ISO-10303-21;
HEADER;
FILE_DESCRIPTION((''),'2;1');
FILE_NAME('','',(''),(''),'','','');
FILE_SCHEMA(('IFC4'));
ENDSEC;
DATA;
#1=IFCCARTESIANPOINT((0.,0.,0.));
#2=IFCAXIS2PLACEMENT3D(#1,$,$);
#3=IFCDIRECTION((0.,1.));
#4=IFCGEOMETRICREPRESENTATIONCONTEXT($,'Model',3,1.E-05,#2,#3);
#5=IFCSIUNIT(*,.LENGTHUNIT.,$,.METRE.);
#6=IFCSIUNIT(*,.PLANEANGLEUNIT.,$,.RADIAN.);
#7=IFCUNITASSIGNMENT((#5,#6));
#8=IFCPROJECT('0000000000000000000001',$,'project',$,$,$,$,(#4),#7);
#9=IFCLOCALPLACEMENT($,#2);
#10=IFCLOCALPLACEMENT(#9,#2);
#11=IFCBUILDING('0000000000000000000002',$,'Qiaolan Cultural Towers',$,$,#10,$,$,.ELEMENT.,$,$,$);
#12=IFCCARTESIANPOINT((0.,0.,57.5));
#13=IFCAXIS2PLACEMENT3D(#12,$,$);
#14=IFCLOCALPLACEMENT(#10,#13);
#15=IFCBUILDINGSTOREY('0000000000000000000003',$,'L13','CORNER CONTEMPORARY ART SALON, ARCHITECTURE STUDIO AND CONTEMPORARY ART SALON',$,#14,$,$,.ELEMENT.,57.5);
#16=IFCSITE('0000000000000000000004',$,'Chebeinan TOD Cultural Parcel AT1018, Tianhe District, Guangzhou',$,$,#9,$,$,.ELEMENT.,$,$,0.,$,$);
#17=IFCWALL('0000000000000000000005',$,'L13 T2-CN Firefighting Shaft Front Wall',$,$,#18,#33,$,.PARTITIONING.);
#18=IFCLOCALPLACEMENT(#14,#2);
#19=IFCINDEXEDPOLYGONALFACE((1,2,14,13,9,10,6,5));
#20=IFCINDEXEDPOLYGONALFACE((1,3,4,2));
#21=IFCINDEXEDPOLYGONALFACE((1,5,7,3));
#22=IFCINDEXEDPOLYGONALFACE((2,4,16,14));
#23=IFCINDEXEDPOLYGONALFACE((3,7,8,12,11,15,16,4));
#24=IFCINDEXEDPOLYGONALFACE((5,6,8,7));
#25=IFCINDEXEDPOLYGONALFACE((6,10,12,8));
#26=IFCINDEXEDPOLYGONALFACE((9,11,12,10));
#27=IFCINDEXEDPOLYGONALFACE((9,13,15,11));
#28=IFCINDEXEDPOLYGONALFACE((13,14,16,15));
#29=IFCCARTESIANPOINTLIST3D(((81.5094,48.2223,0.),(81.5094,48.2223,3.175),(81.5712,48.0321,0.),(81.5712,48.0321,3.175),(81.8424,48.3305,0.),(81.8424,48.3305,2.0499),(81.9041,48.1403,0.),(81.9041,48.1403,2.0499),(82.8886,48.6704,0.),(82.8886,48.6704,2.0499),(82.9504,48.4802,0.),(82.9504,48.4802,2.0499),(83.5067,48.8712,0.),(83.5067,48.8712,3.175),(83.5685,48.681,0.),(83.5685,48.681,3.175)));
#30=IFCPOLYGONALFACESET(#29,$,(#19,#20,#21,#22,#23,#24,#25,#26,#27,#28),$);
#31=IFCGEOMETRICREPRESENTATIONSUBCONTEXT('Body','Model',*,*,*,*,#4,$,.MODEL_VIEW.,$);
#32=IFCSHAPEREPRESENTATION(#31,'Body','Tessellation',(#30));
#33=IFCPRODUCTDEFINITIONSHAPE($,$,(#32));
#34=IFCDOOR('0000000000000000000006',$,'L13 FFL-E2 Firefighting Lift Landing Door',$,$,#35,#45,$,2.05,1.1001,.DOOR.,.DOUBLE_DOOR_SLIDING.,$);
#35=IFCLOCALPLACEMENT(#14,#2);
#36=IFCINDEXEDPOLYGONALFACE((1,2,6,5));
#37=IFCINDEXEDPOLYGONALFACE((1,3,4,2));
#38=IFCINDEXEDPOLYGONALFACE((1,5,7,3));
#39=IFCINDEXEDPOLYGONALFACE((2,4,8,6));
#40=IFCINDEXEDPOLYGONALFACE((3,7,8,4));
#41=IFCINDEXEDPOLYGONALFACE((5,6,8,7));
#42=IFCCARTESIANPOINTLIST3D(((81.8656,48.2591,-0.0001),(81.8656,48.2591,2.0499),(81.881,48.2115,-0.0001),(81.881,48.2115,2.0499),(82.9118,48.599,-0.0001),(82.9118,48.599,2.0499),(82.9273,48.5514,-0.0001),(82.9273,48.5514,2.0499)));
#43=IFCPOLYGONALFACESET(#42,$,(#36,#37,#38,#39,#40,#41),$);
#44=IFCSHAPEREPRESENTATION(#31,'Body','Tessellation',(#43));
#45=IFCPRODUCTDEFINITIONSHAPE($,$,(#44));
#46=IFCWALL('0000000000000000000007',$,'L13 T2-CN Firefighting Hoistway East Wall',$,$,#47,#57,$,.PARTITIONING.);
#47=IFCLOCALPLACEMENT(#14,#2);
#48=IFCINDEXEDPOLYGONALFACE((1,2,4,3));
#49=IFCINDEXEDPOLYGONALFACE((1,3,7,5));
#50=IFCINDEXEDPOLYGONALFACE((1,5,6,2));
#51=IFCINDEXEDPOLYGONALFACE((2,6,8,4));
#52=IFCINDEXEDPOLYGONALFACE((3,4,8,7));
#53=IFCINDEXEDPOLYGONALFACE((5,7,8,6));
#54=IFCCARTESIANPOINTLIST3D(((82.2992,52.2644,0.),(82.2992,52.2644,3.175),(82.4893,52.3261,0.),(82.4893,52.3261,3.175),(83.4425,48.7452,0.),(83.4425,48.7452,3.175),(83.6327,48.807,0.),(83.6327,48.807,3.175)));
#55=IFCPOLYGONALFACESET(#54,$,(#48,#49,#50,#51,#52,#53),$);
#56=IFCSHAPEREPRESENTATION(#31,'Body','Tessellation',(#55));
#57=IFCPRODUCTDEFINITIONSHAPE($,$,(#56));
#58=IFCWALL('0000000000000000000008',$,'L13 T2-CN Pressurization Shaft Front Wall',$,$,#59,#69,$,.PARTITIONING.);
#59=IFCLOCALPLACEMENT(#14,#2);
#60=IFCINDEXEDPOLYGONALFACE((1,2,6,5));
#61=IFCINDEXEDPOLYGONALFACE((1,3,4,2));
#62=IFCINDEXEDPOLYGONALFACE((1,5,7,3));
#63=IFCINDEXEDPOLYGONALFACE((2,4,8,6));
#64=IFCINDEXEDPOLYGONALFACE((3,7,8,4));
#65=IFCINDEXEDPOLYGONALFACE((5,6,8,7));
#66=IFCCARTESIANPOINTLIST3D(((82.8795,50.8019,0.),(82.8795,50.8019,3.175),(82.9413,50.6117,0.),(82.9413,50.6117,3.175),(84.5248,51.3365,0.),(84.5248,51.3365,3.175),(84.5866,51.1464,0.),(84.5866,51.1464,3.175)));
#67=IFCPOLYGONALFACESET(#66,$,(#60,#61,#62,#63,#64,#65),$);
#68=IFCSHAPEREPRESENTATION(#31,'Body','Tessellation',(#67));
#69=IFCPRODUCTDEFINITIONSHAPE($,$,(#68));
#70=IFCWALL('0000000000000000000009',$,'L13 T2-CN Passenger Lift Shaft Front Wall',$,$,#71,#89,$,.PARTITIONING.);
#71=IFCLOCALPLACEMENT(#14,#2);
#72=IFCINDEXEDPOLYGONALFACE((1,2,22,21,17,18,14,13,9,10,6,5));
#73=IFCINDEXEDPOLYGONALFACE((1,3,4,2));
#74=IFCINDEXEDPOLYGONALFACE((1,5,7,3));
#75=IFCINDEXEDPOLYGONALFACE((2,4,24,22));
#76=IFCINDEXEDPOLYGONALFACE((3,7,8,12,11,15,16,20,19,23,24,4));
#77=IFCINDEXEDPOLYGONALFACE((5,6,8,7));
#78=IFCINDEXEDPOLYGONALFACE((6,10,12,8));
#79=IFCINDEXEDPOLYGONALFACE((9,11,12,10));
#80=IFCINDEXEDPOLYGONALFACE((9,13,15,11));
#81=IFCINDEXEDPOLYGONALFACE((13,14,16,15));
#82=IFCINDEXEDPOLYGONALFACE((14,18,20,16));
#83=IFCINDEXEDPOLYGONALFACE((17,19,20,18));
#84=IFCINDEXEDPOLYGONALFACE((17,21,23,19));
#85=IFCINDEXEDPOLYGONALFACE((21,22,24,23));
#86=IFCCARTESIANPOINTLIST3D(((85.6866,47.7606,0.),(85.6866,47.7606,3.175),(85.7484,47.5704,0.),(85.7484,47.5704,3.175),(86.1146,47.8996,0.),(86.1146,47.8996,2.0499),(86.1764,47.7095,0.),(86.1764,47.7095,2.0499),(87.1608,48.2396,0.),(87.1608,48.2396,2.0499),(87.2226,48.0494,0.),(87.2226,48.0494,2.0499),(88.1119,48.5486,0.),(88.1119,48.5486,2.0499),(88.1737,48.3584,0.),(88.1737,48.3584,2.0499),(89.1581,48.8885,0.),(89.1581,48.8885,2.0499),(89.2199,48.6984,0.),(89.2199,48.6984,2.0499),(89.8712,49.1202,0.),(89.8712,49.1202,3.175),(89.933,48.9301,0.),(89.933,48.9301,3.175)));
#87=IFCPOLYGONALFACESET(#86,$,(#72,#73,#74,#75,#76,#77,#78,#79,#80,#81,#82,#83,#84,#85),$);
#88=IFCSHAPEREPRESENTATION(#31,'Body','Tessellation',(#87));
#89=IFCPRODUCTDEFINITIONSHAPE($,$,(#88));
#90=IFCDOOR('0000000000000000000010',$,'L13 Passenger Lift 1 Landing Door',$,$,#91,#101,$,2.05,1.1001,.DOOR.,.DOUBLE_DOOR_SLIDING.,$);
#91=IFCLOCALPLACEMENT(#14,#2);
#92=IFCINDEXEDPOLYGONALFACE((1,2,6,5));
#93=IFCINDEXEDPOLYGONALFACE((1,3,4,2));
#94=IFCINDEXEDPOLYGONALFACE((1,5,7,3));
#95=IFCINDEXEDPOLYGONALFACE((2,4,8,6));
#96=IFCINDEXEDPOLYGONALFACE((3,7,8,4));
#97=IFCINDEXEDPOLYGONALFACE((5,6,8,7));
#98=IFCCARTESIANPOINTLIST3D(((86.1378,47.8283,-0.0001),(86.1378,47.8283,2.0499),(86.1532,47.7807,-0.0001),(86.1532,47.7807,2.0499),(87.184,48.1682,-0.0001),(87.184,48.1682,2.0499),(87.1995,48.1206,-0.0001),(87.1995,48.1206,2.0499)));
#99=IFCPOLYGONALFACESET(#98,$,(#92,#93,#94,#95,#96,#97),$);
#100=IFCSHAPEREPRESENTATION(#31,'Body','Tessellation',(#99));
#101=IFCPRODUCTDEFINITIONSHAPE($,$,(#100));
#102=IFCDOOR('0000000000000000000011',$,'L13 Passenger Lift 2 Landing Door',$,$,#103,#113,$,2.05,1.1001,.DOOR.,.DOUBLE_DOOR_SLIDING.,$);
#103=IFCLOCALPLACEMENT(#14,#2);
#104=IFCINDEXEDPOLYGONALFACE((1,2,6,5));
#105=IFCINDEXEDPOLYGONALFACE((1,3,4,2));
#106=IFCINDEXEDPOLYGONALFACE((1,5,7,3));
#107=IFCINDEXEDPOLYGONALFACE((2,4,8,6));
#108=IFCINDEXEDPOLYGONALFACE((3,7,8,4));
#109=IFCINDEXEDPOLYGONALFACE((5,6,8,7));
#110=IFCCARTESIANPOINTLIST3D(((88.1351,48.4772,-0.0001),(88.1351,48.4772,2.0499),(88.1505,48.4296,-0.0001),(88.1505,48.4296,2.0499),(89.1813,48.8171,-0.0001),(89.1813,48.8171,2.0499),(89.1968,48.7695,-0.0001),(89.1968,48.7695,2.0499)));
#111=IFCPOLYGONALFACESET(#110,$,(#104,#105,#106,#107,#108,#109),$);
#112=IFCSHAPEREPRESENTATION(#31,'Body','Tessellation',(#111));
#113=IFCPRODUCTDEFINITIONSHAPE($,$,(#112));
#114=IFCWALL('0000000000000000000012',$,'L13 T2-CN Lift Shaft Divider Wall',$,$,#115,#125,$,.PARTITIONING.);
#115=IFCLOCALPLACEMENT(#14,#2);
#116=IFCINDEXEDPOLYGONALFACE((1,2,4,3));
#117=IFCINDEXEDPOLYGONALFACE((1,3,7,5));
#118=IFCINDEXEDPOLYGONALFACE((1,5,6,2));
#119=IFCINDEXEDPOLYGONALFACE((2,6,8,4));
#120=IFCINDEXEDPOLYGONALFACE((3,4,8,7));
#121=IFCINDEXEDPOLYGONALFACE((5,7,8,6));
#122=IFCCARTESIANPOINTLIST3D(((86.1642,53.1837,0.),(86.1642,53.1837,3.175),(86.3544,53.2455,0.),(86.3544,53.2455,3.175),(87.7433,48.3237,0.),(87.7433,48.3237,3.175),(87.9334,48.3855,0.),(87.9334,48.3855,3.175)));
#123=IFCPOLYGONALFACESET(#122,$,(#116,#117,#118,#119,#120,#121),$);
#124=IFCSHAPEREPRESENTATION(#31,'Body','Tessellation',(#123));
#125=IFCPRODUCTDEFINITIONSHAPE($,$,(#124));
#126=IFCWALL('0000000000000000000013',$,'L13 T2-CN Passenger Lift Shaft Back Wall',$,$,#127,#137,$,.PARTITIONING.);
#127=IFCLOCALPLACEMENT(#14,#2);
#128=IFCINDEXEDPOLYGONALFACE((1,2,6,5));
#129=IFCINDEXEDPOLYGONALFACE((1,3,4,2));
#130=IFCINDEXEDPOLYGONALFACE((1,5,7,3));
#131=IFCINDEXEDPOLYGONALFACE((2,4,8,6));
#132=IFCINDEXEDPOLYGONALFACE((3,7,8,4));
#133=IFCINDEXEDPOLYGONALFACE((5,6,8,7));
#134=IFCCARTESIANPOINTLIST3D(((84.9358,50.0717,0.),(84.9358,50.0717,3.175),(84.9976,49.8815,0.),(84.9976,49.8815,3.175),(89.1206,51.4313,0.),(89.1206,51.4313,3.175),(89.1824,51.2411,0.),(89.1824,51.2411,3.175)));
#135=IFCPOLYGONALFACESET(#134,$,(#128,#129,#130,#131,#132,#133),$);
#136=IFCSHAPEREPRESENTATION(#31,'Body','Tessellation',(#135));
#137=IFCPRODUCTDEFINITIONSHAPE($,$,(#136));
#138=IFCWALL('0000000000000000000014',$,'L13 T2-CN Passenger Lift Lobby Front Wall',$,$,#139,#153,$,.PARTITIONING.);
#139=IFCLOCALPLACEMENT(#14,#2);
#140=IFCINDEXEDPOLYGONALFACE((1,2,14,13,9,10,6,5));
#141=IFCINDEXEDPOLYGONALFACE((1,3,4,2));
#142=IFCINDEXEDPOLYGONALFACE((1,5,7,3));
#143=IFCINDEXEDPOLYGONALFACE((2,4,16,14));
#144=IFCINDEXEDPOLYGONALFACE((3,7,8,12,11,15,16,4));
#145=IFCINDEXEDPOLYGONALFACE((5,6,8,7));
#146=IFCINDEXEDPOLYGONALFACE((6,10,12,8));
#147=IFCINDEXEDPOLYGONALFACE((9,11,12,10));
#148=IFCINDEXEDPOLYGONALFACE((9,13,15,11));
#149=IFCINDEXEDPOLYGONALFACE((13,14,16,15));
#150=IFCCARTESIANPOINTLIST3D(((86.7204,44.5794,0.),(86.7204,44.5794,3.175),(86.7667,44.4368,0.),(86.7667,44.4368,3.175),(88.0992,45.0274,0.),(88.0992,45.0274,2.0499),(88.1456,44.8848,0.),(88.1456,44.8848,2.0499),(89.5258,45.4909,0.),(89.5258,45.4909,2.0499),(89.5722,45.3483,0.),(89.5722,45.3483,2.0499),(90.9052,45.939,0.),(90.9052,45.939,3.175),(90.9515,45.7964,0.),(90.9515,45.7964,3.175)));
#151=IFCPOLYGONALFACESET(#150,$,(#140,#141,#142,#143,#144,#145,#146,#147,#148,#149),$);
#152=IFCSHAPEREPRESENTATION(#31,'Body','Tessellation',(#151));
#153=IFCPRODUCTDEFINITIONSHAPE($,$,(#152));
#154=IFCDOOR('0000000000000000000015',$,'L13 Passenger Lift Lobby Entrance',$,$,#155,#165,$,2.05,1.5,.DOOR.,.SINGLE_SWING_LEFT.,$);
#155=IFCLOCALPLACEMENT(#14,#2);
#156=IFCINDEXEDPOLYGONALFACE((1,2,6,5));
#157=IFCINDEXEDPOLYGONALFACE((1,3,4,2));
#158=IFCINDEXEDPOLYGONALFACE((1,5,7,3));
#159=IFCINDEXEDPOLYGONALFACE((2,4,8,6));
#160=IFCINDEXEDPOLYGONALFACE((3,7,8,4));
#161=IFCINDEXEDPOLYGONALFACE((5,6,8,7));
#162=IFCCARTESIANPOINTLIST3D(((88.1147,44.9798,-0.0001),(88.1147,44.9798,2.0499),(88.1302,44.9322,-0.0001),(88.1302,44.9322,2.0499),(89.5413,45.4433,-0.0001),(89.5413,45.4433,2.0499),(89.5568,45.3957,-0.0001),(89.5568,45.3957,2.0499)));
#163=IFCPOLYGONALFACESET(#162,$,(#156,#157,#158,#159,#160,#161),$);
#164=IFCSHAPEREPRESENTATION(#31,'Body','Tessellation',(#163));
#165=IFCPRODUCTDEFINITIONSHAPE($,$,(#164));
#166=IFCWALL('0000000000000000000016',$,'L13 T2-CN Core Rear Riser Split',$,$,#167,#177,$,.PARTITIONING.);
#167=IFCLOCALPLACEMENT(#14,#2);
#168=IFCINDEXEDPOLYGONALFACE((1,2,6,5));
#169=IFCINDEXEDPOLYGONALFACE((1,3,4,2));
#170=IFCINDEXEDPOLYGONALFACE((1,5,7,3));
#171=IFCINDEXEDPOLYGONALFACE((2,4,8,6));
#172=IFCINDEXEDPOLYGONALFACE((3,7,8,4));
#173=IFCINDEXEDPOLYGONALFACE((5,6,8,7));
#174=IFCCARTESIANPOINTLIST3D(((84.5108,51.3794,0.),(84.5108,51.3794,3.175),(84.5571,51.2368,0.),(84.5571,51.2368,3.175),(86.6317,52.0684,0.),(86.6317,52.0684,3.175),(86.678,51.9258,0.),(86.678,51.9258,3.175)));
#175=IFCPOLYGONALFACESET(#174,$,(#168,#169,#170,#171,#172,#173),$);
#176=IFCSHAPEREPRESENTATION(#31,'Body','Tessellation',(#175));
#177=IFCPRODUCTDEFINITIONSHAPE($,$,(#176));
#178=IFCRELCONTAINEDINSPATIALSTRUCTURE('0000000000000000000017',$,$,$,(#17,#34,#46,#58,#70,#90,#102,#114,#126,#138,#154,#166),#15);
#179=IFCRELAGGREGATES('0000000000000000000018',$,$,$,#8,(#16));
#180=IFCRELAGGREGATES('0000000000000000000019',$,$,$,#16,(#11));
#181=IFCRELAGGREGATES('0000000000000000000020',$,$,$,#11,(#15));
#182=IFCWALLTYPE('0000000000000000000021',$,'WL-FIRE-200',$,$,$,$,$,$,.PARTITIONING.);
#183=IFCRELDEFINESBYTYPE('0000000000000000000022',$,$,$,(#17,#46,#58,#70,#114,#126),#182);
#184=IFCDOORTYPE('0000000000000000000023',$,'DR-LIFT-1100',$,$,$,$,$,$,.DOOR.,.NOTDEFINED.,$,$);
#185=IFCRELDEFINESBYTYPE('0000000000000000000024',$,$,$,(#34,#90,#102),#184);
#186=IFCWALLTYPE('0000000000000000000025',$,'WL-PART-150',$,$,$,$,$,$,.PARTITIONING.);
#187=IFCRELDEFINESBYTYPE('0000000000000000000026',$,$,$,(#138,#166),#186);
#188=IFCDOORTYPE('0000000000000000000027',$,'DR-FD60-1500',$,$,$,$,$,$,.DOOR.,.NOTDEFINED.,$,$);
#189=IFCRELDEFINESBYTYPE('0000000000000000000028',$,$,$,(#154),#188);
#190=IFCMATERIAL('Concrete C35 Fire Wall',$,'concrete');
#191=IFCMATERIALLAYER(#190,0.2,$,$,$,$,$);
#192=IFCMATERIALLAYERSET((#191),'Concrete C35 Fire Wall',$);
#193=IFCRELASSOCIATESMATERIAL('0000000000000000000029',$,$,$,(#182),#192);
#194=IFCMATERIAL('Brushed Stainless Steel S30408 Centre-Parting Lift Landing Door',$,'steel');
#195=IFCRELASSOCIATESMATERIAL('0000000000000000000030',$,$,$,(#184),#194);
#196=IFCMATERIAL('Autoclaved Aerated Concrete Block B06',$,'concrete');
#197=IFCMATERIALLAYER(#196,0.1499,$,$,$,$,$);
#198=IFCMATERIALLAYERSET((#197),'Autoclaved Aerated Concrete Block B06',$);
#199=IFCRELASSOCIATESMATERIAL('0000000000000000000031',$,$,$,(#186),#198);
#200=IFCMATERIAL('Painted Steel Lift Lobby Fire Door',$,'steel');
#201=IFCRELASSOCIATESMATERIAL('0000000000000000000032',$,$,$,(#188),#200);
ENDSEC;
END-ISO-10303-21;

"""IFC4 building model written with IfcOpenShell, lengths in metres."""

from ifc_helpers import new_model, si_unit, direction, frame, frame_2d, origin, place, context, subcontext, project, spatial, rectangle, extrude, material, layer, layer_set, type_object, element, fill, save


model = new_model("IFC4")

# Units and contexts
model_context = context("Model", 3, precision=1e-05, world=origin(), true_north=direction((0.0, 1.0)))
body_context = subcontext(model_context, "Body", "Model", "MODEL_VIEW")
ifc_project = project(units=[si_unit("LENGTHUNIT", "METRE"), si_unit("PLANEANGLEUNIT", "RADIAN")], contexts=[model_context])

# Site, building, storey
site_placement = place(None, origin())
site = spatial("IfcSite", under=ifc_project, at=site_placement, Name="Chebeinan TOD Cultural Parcel AT1018, Tianhe District, Guangzhou", CompositionType="ELEMENT", RefElevation=0.0)
building_placement = place(site_placement, origin())
building = spatial("IfcBuilding", under=site, at=building_placement, Name="Qiaolan Cultural Towers", CompositionType="ELEMENT")
storey_placement = place(building_placement, frame((0.0, 0.0, 57.5)))
storey = spatial("IfcBuildingStorey", under=building, at=storey_placement, Name="L13", Description="CORNER CONTEMPORARY ART SALON, ARCHITECTURE STUDIO AND CONTEMPORARY ART SALON", CompositionType="ELEMENT", Elevation=57.5)

# Shared definitions
ifc_material_1 = material(Name="Concrete C35 Fire Wall", Category="concrete")
ifc_layer_1 = layer(ifc_material_1, 0.2)
ifc_layer_set_1 = layer_set([ifc_layer_1], Name="Concrete C35 Fire Wall")
wall_type_1 = type_object("IfcWallType", Name="WL-FIRE-200", PredefinedType="PARTITIONING", material=ifc_layer_set_1)

# Wall, opening, door
wall_1_placement = place(storey_placement, frame((81.5403, 48.1272, 0.0), z_axis=(0.0, 0.0, 1.0), x_axis=(0.951062, 0.308999, 0.0)))
wall_1 = element("IfcWall", 1, at=wall_1_placement, inside=storey, type_object=wall_type_1, Name="L13 T2-CN Firefighting Shaft Front Wall", PredefinedType="PARTITIONING", context=body_context, shape_type="SweptSolid", body=[
    extrude(rectangle(XDim=2.1001, YDim=0.2, at=frame_2d((1.05, 0.0))), origin(), (0.0, 0.0, 1.0), 3.175),
])
opening_1_placement = place(wall_1_placement, frame((0.3501, 0.0, 0.0)))
opening_1 = element("IfcOpeningElement", 2, at=opening_1_placement, cuts=wall_1, PredefinedType="OPENING", context=body_context, shape_type="SweptSolid", body=[
    extrude(rectangle(XDim=1.1001, YDim=2.05, at=frame_2d((0.55, 1.0249))), frame((0.0, 0.1099, 0.0), z_axis=(0.0, -1.0, 0.0), x_axis=(1.0, 0.0, 0.0)), (0.0, 0.0, 1.0), 0.22),
])
ifc_material_2 = material(Name="Brushed Stainless Steel S30408 Centre-Parting Lift Landing Door", Category="steel")
door_type_1 = type_object("IfcDoorType", Name="DR-LIFT-1100", OperationType="NOTDEFINED", PredefinedType="DOOR", material=ifc_material_2)
door_1_placement = place(opening_1_placement, origin())
door_1 = element("IfcDoor", 3, at=door_1_placement, inside=storey, type_object=door_type_1, Name="L13 FFL-E2 Firefighting Lift Landing Door", OperationType="DOUBLE_DOOR_SLIDING", OverallHeight=2.05, OverallWidth=1.1001, PredefinedType="DOOR", context=body_context, shape_type="SweptSolid", body=[
    extrude(rectangle(XDim=1.1001, YDim=2.05, at=frame_2d((0.55, 1.0249))), frame((0.0, 0.0249, 0.0), z_axis=(0.0, -1.0, 0.0), x_axis=(1.0, 0.0, 0.0)), (0.0, 0.0, 1.0), 0.05),
])
fill(opening_1, door_1)

# Walls
wall_2_placement = place(storey_placement, frame((83.5376, 48.7761, 0.0), z_axis=(0.0, 0.0, 1.0), x_axis=(-0.308994, 0.951064, 0.0)))
element("IfcWall", 4, at=wall_2_placement, inside=storey, type_object=wall_type_1, Name="L13 T2-CN Firefighting Hoistway East Wall", PredefinedType="PARTITIONING", context=body_context, shape_type="SweptSolid", body=[
    extrude(rectangle(XDim=3.7002, YDim=0.2, at=frame_2d((1.8501, 0.0))), origin(), (0.0, 0.0, 1.0), 3.175),
])
wall_3_placement = place(storey_placement, frame((82.9104, 50.7068, 0.0), z_axis=(0.0, 0.0, 1.0), x_axis=(0.951041, 0.309064, 0.0)))
element("IfcWall", 5, at=wall_3_placement, inside=storey, type_object=wall_type_1, Name="L13 T2-CN Pressurization Shaft Front Wall", PredefinedType="PARTITIONING", context=body_context, shape_type="SweptSolid", body=[
    extrude(rectangle(XDim=1.73, YDim=0.2, at=frame_2d((0.865, 0.0))), origin(), (0.0, 0.0, 1.0), 3.175),
])

# Wall, openings, doors
wall_4_placement = place(storey_placement, frame((85.7175, 47.6655, 0.0), z_axis=(0.0, 0.0, 1.0), x_axis=(0.951059, 0.309011, 0.0)))
wall_4 = element("IfcWall", 6, at=wall_4_placement, inside=storey, type_object=wall_type_1, Name="L13 T2-CN Passenger Lift Shaft Front Wall", PredefinedType="PARTITIONING", context=body_context, shape_type="SweptSolid", body=[
    extrude(rectangle(XDim=4.3999, YDim=0.2, at=frame_2d((2.2, 0.0))), origin(), (0.0, 0.0, 1.0), 3.175),
])
opening_2_placement = place(wall_4_placement, frame((0.45, 0.0, 0.0)))
opening_2 = element("IfcOpeningElement", 7, at=opening_2_placement, cuts=wall_4, PredefinedType="OPENING", context=body_context, shape_type="SweptSolid", body=[
    extrude(rectangle(XDim=1.1001, YDim=2.05, at=frame_2d((0.55, 1.0249))), frame((0.0, 0.1099, 0.0), z_axis=(0.0, -1.0, 0.0), x_axis=(1.0, 0.0, 0.0)), (0.0, 0.0, 1.0), 0.22),
])
opening_3_placement = place(wall_4_placement, frame((2.55, 0.0, 0.0)))
opening_3 = element("IfcOpeningElement", 8, at=opening_3_placement, cuts=wall_4, PredefinedType="OPENING", context=body_context, shape_type="SweptSolid", body=[
    extrude(rectangle(XDim=1.1001, YDim=2.05, at=frame_2d((0.55, 1.0249))), frame((0.0, 0.1099, 0.0), z_axis=(0.0, -1.0, 0.0), x_axis=(1.0, 0.0, 0.0)), (0.0, 0.0, 1.0), 0.22),
])
door_2_placement = place(opening_2_placement, origin())
door_2 = element("IfcDoor", 9, at=door_2_placement, inside=storey, type_object=door_type_1, Name="L13 Passenger Lift 1 Landing Door", OperationType="DOUBLE_DOOR_SLIDING", OverallHeight=2.05, OverallWidth=1.1001, PredefinedType="DOOR", context=body_context, shape_type="SweptSolid", body=[
    extrude(rectangle(XDim=1.1001, YDim=2.05, at=frame_2d((0.55, 1.0249))), frame((0.0, 0.0249, 0.0), z_axis=(0.0, -1.0, 0.0), x_axis=(1.0, 0.0, 0.0)), (0.0, 0.0, 1.0), 0.05),
])
fill(opening_2, door_2)
door_3_placement = place(opening_3_placement, origin())
door_3 = element("IfcDoor", 10, at=door_3_placement, inside=storey, type_object=door_type_1, Name="L13 Passenger Lift 2 Landing Door", OperationType="DOUBLE_DOOR_SLIDING", OverallHeight=2.05, OverallWidth=1.1001, PredefinedType="DOOR", context=body_context, shape_type="SweptSolid", body=[
    extrude(rectangle(XDim=1.1001, YDim=2.05, at=frame_2d((0.55, 1.0249))), frame((0.0, 0.0249, 0.0), z_axis=(0.0, -1.0, 0.0), x_axis=(1.0, 0.0, 0.0)), (0.0, 0.0, 1.0), 0.05),
])
fill(opening_3, door_3)

# Walls
wall_5_placement = place(storey_placement, frame((87.8384, 48.3545, 0.0), z_axis=(0.0, 0.0, 1.0), x_axis=(-0.309009, 0.951059, 0.0)))
element("IfcWall", 11, at=wall_5_placement, inside=storey, type_object=wall_type_1, Name="L13 T2-CN Lift Shaft Divider Wall", PredefinedType="PARTITIONING", context=body_context, shape_type="SweptSolid", body=[
    extrude(rectangle(XDim=5.1101, YDim=0.2, at=frame_2d((2.5552, 0.0))), origin(), (0.0, 0.0, 1.0), 3.175),
])
wall_6_placement = place(storey_placement, frame((84.9666, 49.9766, 0.0), z_axis=(0.0, 0.0, 1.0), x_axis=(0.951064, 0.308994, 0.0)))
element("IfcWall", 12, at=wall_6_placement, inside=storey, type_object=wall_type_1, Name="L13 T2-CN Passenger Lift Shaft Back Wall", PredefinedType="PARTITIONING", context=body_context, shape_type="SweptSolid", body=[
    extrude(rectangle(XDim=4.4001, YDim=0.2, at=frame_2d((2.2002, 0.0))), origin(), (0.0, 0.0, 1.0), 3.175),
])

# Wall, opening, door
ifc_material_3 = material(Name="Autoclaved Aerated Concrete Block B06", Category="concrete")
ifc_layer_2 = layer(ifc_material_3, 0.1499)
ifc_layer_set_2 = layer_set([ifc_layer_2], Name="Autoclaved Aerated Concrete Block B06")
wall_type_2 = type_object("IfcWallType", Name="WL-PART-150", PredefinedType="PARTITIONING", material=ifc_layer_set_2)
wall_7_placement = place(storey_placement, frame((86.7434, 44.5081, 0.0), z_axis=(0.0, 0.0, 1.0), x_axis=(0.951064, 0.308994, 0.0)))
wall_7 = element("IfcWall", 13, at=wall_7_placement, inside=storey, type_object=wall_type_2, Name="L13 T2-CN Passenger Lift Lobby Front Wall", PredefinedType="PARTITIONING", context=body_context, shape_type="SweptSolid", body=[
    extrude(rectangle(XDim=4.4001, YDim=0.1499, at=frame_2d((2.2002, 0.0))), origin(), (0.0, 0.0, 1.0), 3.175),
])
opening_4_placement = place(wall_7_placement, frame((1.45, 0.0, 0.0)))
opening_4 = element("IfcOpeningElement", 14, at=opening_4_placement, cuts=wall_7, PredefinedType="OPENING", context=body_context, shape_type="SweptSolid", body=[
    extrude(rectangle(XDim=1.5, YDim=2.05, at=frame_2d((0.75, 1.0249))), frame((0.0, 0.085, 0.0), z_axis=(0.0, -1.0, 0.0), x_axis=(1.0, 0.0, 0.0)), (0.0, 0.0, 1.0), 0.1699),
])
ifc_material_4 = material(Name="Painted Steel Lift Lobby Fire Door", Category="steel")
door_type_2 = type_object("IfcDoorType", Name="DR-FD60-1500", OperationType="NOTDEFINED", PredefinedType="DOOR", material=ifc_material_4)
door_4_placement = place(opening_4_placement, origin())
door_4 = element("IfcDoor", 15, at=door_4_placement, inside=storey, type_object=door_type_2, Name="L13 Passenger Lift Lobby Entrance", OperationType="SINGLE_SWING_LEFT", OverallHeight=2.05, OverallWidth=1.5, PredefinedType="DOOR", context=body_context, shape_type="SweptSolid", body=[
    extrude(rectangle(XDim=1.5, YDim=2.05, at=frame_2d((0.75, 1.0249))), frame((0.0, 0.0249, 0.0), z_axis=(0.0, -1.0, 0.0), x_axis=(1.0, 0.0, 0.0)), (0.0, 0.0, 1.0), 0.05),
])
fill(opening_4, door_4)

# Wall
wall_8_placement = place(storey_placement, frame((84.5339, 51.3081, 0.0), z_axis=(0.0, 0.0, 1.0), x_axis=(0.951075, 0.30896, 0.0)))
element("IfcWall", 16, at=wall_8_placement, inside=storey, type_object=wall_type_2, Name="L13 T2-CN Core Rear Riser Split", PredefinedType="PARTITIONING", context=body_context, shape_type="SweptSolid", body=[
    extrude(rectangle(XDim=2.23, YDim=0.1499, at=frame_2d((1.115, 0.0))), origin(), (0.0, 0.0, 1.0), 3.175),
])

save(model, "model.ifc")
